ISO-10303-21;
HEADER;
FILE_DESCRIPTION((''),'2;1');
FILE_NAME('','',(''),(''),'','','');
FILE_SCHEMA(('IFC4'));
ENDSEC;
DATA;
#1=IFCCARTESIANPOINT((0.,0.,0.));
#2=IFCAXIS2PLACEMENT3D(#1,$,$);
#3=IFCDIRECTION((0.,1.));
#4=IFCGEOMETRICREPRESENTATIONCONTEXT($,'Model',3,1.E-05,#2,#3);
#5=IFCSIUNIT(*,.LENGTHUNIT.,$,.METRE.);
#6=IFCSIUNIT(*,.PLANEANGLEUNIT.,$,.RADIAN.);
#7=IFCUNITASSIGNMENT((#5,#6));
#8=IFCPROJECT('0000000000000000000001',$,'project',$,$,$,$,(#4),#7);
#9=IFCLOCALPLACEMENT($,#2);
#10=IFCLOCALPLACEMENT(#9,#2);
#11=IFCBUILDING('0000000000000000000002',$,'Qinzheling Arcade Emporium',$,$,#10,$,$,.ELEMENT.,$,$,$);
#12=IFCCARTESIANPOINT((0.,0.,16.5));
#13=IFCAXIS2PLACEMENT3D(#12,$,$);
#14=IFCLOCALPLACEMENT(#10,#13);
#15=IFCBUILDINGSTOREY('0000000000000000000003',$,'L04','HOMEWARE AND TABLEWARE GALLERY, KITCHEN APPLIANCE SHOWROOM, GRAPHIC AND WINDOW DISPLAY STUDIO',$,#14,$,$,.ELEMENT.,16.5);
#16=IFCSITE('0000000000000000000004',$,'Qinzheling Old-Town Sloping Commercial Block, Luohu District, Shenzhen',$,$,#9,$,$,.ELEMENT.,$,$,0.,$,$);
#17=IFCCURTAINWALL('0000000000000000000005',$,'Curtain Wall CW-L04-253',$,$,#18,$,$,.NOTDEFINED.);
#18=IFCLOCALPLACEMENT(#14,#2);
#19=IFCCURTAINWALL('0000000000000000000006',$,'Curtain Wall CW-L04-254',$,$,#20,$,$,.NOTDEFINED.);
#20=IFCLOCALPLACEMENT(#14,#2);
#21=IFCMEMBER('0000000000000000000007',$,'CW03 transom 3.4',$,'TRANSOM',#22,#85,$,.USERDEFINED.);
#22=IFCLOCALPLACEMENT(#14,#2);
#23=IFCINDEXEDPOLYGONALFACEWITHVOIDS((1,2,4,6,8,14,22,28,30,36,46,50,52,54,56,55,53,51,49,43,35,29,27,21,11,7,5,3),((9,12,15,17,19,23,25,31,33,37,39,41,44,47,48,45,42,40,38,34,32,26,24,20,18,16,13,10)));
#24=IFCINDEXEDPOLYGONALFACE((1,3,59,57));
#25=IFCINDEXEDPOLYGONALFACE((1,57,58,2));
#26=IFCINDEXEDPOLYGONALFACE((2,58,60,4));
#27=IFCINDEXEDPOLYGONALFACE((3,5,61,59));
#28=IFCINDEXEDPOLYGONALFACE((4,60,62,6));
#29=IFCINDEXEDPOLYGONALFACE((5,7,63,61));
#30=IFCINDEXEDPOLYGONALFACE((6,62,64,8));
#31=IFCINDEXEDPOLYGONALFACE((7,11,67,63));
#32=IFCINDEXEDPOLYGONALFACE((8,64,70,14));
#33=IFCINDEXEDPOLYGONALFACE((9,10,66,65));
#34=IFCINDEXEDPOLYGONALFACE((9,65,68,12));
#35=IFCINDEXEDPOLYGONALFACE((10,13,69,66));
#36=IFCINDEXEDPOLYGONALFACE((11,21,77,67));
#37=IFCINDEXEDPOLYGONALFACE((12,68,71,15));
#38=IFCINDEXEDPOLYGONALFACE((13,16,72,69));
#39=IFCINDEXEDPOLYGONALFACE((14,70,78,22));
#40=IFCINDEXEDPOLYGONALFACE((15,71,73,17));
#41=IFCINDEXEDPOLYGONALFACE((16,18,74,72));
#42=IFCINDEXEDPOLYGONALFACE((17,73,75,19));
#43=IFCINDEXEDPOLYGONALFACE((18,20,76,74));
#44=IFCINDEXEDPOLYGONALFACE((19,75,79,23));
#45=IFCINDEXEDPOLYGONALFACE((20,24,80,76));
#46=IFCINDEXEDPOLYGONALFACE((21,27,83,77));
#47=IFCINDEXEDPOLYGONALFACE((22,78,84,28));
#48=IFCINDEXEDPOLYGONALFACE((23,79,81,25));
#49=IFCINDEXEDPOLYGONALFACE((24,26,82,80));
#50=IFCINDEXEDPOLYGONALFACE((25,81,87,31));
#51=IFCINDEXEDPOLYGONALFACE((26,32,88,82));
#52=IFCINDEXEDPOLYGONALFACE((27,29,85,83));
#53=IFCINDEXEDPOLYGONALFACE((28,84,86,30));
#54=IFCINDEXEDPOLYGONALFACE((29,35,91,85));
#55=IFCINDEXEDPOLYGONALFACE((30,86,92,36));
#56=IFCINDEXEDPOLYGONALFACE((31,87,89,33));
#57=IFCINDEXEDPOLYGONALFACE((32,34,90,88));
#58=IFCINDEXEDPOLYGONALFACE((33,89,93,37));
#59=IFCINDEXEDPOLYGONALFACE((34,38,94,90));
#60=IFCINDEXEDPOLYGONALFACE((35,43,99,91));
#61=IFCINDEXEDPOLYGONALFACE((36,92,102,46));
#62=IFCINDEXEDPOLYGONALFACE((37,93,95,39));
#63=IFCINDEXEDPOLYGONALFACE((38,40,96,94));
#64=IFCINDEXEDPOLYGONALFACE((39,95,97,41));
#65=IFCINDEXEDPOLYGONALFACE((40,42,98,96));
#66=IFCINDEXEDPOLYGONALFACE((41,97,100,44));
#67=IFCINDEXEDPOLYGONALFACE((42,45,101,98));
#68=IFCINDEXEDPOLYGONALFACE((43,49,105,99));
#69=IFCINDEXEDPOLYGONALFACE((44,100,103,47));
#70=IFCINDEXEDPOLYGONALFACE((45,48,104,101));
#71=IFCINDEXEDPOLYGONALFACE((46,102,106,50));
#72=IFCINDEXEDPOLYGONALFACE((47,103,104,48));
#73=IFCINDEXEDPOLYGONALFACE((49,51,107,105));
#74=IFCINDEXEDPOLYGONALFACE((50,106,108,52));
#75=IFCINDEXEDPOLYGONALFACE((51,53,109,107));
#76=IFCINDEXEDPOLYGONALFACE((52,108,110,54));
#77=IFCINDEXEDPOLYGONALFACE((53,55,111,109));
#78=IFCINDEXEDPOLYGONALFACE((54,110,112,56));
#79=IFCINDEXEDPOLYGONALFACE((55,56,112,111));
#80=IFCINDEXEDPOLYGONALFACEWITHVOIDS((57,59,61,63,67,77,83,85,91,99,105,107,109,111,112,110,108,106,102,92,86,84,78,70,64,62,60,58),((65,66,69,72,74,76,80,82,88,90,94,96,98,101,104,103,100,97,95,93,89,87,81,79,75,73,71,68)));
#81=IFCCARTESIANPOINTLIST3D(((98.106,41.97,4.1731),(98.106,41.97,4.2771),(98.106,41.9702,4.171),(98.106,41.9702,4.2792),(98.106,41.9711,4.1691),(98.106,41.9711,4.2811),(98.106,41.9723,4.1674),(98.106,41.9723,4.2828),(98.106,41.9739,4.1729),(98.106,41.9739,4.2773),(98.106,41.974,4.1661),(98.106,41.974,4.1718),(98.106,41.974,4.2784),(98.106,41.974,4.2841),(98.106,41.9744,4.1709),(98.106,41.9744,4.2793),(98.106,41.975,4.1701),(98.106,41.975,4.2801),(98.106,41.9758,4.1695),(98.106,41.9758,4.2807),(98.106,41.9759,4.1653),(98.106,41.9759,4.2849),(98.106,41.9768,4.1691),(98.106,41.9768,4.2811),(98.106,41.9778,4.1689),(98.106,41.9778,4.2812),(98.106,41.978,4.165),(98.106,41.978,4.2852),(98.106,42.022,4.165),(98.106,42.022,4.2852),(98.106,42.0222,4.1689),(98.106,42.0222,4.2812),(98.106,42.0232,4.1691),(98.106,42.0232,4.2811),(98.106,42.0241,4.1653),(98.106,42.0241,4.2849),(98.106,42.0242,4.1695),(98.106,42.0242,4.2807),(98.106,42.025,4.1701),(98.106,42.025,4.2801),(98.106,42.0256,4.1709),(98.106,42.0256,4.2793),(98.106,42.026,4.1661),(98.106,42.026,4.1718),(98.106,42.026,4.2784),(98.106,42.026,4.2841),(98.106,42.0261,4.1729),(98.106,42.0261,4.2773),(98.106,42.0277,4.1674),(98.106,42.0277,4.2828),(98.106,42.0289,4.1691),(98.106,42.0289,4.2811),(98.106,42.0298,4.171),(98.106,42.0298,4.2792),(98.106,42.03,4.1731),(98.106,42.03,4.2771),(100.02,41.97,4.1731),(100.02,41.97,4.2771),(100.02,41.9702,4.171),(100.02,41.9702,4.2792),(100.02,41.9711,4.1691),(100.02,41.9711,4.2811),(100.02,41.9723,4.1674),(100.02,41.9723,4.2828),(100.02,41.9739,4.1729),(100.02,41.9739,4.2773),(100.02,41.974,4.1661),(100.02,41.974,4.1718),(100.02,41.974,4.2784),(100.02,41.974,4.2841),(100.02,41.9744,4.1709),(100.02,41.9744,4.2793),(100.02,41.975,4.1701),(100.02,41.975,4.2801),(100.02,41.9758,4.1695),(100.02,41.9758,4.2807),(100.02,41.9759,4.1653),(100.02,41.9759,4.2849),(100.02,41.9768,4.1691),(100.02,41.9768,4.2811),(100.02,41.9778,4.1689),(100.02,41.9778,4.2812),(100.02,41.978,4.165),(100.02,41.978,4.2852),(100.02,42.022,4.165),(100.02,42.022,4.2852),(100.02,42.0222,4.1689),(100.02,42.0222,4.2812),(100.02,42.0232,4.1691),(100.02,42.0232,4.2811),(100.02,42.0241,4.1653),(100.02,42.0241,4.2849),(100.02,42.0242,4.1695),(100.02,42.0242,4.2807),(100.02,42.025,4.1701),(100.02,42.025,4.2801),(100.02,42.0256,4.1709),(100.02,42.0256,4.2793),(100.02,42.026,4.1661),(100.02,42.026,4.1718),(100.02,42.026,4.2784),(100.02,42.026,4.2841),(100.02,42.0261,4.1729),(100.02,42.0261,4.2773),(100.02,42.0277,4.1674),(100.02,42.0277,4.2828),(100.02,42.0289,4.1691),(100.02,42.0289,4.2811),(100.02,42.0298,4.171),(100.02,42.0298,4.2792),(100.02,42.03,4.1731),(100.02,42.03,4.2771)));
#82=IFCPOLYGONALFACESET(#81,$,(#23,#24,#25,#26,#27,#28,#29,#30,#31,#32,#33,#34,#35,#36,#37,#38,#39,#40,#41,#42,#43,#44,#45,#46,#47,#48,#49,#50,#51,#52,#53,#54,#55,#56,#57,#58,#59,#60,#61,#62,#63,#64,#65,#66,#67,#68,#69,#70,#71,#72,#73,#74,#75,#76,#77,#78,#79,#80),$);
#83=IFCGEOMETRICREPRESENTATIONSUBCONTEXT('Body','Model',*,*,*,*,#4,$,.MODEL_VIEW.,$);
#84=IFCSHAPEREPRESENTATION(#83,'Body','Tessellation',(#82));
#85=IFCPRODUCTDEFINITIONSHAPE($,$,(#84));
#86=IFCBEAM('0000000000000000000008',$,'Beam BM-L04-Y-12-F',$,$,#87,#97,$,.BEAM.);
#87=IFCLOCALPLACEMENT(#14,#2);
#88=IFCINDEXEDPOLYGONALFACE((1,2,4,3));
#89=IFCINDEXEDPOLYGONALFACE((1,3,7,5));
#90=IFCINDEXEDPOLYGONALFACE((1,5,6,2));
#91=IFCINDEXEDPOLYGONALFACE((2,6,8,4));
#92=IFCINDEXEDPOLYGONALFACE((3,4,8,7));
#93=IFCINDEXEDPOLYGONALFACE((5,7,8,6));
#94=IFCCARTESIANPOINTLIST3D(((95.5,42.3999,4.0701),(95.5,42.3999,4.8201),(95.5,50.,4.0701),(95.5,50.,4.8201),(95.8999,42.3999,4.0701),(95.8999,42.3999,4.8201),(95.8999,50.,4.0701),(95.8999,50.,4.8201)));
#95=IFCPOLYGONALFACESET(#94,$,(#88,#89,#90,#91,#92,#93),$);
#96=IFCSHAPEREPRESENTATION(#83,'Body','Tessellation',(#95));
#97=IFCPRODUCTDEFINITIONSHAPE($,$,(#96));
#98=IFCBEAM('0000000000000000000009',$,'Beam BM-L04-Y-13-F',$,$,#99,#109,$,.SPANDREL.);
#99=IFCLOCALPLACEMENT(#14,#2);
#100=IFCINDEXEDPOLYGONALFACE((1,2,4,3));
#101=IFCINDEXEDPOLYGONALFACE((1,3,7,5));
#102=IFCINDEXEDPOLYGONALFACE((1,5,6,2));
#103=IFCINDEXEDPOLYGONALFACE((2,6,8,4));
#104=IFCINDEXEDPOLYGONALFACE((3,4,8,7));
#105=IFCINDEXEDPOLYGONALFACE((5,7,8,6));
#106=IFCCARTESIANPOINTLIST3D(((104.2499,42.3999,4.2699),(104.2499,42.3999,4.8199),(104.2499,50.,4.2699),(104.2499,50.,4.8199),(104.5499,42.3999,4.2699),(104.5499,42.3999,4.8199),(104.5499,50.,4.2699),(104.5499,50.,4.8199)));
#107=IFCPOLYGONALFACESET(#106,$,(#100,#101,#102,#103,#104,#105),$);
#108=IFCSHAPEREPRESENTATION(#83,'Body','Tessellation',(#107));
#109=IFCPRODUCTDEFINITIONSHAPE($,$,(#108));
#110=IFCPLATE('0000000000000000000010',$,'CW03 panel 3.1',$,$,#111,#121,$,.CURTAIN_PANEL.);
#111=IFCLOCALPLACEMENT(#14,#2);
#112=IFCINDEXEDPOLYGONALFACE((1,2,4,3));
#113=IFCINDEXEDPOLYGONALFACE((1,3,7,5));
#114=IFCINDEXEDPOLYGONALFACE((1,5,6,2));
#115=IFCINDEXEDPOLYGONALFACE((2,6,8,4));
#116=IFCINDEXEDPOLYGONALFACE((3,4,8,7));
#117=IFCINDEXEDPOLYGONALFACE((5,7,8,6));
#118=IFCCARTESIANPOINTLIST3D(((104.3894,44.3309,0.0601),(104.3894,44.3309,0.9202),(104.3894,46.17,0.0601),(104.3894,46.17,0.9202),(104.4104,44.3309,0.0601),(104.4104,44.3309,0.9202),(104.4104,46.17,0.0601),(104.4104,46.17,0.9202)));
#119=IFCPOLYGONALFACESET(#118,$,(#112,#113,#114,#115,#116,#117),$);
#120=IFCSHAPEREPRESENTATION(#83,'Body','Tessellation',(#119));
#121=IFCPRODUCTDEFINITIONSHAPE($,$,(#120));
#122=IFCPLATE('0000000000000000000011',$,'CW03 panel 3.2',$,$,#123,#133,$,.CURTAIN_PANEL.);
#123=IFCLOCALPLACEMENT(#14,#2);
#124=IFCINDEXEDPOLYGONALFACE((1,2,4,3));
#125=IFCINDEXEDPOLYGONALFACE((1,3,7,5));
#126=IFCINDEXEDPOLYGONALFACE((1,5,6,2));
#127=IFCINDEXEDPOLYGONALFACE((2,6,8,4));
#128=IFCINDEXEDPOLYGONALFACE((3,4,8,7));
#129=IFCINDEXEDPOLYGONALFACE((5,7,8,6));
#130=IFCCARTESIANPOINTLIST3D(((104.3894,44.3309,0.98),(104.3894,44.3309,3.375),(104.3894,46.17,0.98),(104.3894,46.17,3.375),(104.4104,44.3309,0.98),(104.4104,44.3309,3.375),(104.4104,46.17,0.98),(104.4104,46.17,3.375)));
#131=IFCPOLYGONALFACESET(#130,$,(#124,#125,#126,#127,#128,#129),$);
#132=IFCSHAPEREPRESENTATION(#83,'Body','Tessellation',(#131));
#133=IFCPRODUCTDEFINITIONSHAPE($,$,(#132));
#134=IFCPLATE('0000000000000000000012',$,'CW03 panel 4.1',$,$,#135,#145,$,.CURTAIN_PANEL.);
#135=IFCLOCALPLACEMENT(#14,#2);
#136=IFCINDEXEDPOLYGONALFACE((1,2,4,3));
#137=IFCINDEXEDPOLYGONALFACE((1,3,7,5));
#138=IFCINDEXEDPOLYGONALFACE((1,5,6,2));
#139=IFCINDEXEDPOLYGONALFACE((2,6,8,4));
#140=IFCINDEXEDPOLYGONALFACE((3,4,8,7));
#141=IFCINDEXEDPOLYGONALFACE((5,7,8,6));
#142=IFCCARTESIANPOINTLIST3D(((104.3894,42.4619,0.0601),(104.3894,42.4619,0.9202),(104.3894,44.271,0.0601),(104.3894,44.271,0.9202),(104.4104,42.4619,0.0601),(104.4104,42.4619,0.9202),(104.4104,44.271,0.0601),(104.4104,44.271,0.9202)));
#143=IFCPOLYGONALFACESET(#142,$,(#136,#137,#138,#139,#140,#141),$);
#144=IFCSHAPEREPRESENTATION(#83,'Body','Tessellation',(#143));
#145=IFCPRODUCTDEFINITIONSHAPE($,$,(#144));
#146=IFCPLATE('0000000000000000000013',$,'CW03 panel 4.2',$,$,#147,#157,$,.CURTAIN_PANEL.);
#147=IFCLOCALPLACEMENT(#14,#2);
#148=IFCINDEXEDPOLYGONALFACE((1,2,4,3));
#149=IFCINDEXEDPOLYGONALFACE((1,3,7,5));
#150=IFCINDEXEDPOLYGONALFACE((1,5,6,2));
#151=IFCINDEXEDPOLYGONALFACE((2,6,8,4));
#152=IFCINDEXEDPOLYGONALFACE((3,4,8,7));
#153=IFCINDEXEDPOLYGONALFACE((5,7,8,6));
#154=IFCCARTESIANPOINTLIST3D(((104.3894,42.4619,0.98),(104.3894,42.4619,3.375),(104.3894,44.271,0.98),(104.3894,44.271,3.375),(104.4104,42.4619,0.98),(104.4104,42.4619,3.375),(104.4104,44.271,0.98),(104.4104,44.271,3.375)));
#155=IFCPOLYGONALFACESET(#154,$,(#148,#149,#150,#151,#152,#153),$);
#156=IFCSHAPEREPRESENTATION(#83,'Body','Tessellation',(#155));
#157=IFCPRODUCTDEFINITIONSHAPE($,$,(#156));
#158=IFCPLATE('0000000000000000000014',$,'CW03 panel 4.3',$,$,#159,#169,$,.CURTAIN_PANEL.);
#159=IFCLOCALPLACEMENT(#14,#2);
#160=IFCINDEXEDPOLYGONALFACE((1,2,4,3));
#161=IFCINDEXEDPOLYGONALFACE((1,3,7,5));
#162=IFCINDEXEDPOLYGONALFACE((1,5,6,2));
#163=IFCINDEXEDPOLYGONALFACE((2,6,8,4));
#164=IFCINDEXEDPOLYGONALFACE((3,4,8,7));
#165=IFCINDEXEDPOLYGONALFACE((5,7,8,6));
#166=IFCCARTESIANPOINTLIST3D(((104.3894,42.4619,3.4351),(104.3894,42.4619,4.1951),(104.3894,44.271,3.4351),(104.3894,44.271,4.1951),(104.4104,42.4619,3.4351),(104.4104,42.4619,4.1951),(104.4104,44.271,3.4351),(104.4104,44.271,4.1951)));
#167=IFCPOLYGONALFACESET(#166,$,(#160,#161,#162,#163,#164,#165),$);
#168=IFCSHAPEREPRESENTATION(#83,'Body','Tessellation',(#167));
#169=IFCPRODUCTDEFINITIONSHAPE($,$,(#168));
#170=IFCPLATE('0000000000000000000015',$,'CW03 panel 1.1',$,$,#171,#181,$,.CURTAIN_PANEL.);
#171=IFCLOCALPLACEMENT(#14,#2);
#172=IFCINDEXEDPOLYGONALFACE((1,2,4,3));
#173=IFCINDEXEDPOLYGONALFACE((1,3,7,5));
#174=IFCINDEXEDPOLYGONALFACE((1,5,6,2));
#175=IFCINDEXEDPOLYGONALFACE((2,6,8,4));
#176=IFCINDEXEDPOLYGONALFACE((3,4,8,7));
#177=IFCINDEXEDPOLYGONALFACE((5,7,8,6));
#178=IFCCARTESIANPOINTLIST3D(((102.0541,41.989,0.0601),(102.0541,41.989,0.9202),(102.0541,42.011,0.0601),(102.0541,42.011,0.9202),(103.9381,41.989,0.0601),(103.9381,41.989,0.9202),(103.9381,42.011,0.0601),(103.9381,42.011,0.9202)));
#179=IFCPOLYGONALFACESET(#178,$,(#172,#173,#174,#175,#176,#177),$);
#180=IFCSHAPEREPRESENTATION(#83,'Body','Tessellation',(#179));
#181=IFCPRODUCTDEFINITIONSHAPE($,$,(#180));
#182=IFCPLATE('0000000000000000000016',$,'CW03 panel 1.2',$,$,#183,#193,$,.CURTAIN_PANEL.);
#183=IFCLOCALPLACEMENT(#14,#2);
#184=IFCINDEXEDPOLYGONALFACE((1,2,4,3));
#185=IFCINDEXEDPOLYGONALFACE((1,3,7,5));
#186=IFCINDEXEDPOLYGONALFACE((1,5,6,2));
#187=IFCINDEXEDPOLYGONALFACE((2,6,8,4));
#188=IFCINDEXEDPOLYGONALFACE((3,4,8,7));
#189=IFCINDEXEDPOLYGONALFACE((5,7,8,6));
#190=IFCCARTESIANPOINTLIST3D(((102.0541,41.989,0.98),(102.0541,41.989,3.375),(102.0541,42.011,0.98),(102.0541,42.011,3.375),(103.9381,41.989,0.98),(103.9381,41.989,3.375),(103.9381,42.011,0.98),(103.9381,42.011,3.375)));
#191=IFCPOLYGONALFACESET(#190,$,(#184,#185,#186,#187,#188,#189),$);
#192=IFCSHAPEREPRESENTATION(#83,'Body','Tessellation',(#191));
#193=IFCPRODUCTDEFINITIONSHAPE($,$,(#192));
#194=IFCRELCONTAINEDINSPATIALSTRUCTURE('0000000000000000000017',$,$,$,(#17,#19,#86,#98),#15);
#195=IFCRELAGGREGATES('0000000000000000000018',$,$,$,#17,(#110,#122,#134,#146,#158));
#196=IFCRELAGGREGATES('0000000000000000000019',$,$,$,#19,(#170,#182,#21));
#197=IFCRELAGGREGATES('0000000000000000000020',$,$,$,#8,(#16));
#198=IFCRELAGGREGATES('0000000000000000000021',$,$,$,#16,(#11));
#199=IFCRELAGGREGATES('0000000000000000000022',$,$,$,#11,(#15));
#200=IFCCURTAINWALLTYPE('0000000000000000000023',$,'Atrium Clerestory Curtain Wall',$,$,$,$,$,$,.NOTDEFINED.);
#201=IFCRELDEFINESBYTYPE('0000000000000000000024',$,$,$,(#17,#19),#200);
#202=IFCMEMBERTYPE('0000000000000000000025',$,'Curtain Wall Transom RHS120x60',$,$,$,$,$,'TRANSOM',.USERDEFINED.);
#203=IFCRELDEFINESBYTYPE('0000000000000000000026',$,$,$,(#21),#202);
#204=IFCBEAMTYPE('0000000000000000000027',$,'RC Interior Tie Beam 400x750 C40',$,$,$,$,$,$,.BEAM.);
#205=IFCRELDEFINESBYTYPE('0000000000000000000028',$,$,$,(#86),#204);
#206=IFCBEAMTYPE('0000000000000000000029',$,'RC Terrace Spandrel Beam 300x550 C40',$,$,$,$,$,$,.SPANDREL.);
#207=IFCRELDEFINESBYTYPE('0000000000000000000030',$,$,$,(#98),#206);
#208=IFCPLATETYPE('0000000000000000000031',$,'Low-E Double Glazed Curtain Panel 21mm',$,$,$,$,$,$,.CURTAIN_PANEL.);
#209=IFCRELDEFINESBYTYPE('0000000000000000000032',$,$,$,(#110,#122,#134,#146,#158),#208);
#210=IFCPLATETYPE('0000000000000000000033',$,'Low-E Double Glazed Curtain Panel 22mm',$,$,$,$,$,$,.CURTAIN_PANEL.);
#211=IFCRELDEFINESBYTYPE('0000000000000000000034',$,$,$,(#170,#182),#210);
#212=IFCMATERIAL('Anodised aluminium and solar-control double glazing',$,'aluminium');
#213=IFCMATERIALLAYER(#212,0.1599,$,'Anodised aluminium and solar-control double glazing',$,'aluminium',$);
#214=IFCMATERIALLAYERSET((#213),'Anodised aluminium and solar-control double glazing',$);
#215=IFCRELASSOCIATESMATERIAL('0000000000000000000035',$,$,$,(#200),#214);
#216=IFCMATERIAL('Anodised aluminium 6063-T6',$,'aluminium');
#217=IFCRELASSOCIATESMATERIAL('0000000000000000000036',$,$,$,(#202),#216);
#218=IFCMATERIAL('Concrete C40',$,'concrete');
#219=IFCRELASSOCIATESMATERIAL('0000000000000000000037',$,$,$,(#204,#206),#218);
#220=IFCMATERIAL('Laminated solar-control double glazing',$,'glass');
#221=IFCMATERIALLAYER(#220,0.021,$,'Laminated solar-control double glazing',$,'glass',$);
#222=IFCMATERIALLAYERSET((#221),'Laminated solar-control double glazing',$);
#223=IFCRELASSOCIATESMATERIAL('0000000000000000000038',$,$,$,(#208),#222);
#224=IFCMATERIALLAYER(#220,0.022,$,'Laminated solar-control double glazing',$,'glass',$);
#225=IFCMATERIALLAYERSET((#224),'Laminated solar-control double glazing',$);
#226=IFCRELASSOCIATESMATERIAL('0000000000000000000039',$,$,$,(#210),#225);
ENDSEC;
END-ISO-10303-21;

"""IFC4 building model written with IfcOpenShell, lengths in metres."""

from ifc_helpers import new_model, si_unit, direction, frame, origin, origin_2d, place, context, subcontext, project, spatial, rectangle, hollow_rectangle, extrude, material, layer, layer_set, material_profile, profile_set, type_object, element, aggregate, save


model = new_model("IFC4")

# Units and contexts
model_context = context("Model", 3, precision=1e-05, world=origin(), true_north=direction((0.0, 1.0)))
body_context = subcontext(model_context, "Body", "Model", "MODEL_VIEW")
ifc_project = project(units=[si_unit("LENGTHUNIT", "METRE"), si_unit("PLANEANGLEUNIT", "RADIAN")], contexts=[model_context])

# Site, building, storey
site_placement = place(None, origin())
site = spatial("IfcSite", under=ifc_project, at=site_placement, Name="Qinzheling Old-Town Sloping Commercial Block, Luohu District, Shenzhen", CompositionType="ELEMENT", RefElevation=0.0)
building_placement = place(site_placement, origin())
building = spatial("IfcBuilding", under=site, at=building_placement, Name="Qinzheling Arcade Emporium", CompositionType="ELEMENT")
storey_placement = place(building_placement, frame((0.0, 0.0, 16.5)))
storey = spatial("IfcBuildingStorey", under=building, at=storey_placement, Name="L04", Description="HOMEWARE AND TABLEWARE GALLERY, KITCHEN APPLIANCE SHOWROOM, GRAPHIC AND WINDOW DISPLAY STUDIO", CompositionType="ELEMENT", Elevation=16.5)

# Shared definitions
ifc_material_1 = material(Name="Concrete C40", Category="concrete")

# Curtain walls
ifc_material_2 = material(Name="Anodised aluminium and solar-control double glazing", Category="aluminium")
ifc_layer_1 = layer(ifc_material_2, 0.1599, Name="Anodised aluminium and solar-control double glazing", Category="aluminium")
ifc_layer_set_1 = layer_set([ifc_layer_1], Name="Anodised aluminium and solar-control double glazing")
curtain_wall_type = type_object("IfcCurtainWallType", Name="Atrium Clerestory Curtain Wall", PredefinedType="NOTDEFINED", material=ifc_layer_set_1)
curtain_wall_1_placement = place(storey_placement, origin())
curtain_wall_1 = element("IfcCurtainWall", 1, at=curtain_wall_1_placement, inside=storey, type_object=curtain_wall_type, Name="Curtain Wall CW-L04-253", PredefinedType="NOTDEFINED")
ifc_material_3 = material(Name="Anodised aluminium 6063-T6", Category="aluminium")
curtain_wall_2_placement = place(storey_placement, origin())
curtain_wall_2 = element("IfcCurtainWall", 2, at=curtain_wall_2_placement, inside=storey, type_object=curtain_wall_type, Name="Curtain Wall CW-L04-254", PredefinedType="NOTDEFINED")

# Member
ifc_material_profile_1 = material_profile(ifc_material_3, hollow_rectangle(XDim=0.0601, YDim=0.1201, WallThickness=0.0039, InnerFilletRadius=0.0039, OuterFilletRadius=0.0081, at=origin_2d()), Name="RHS 120x60x4", Category="aluminium")
ifc_profile_set_1 = profile_set([ifc_material_profile_1], Name="Anodised aluminium 6063-T6")
member_type_1 = type_object("IfcMemberType", Name="Curtain Wall Transom RHS120x60", ElementType="TRANSOM", PredefinedType="USERDEFINED", material=ifc_profile_set_1)
member_1_placement = place(storey_placement, frame((100.02, 42.0, 4.2251), z_axis=(-1.0, 0.0, 0.0), x_axis=(0.0, -1.0, 0.0)))
member_1 = element("IfcMember", 3, at=member_1_placement, type_object=member_type_1, Name="CW03 transom 3.4", ObjectType="TRANSOM", PredefinedType="USERDEFINED", context=body_context, shape_type="SweptSolid", body=[
    extrude(hollow_rectangle(XDim=0.0601, YDim=0.1201, WallThickness=0.0039, InnerFilletRadius=0.0039, OuterFilletRadius=0.0081, at=origin_2d()), origin(), (0.0, 0.0, 1.0), 1.9141),
])

# Beams
ifc_material_profile_2 = material_profile(ifc_material_1, rectangle(XDim=0.3999, YDim=0.75, at=origin_2d()), Name="RC 400x750", Category="concrete")
ifc_profile_set_2 = profile_set([ifc_material_profile_2], Name="Concrete C40")
beam_type_1 = type_object("IfcBeamType", Name="RC Interior Tie Beam 400x750 C40", PredefinedType="BEAM", material=ifc_profile_set_2)
beam_1_placement = place(storey_placement, frame((95.7, 42.3999, 4.4451), z_axis=(0.0, 1.0, 0.0), x_axis=(-1.0, 0.0, 0.0)))
element("IfcBeam", 4, at=beam_1_placement, inside=storey, type_object=beam_type_1, Name="Beam BM-L04-Y-12-F", PredefinedType="BEAM", context=body_context, shape_type="SweptSolid", body=[
    extrude(rectangle(XDim=0.3999, YDim=0.75, at=origin_2d()), origin(), (0.0, 0.0, 1.0), 7.6001),
])
ifc_material_profile_3 = material_profile(ifc_material_1, rectangle(XDim=0.3, YDim=0.55, at=origin_2d()), Name="RC 300x550", Category="concrete")
ifc_profile_set_3 = profile_set([ifc_material_profile_3], Name="Concrete C40")
beam_type_2 = type_object("IfcBeamType", Name="RC Terrace Spandrel Beam 300x550 C40", PredefinedType="SPANDREL", material=ifc_profile_set_3)
beam_2_placement = place(storey_placement, frame((104.3999, 42.3999, 4.5449), z_axis=(0.0, 1.0, 0.0), x_axis=(-1.0, 0.0, 0.0)))
element("IfcBeam", 5, at=beam_2_placement, inside=storey, type_object=beam_type_2, Name="Beam BM-L04-Y-13-F", PredefinedType="SPANDREL", context=body_context, shape_type="SweptSolid", body=[
    extrude(rectangle(XDim=0.3, YDim=0.55, at=origin_2d()), origin(), (0.0, 0.0, 1.0), 7.6001),
])

# Plates
ifc_material_4 = material(Name="Laminated solar-control double glazing", Category="glass")
ifc_layer_2 = layer(ifc_material_4, 0.021, Name="Laminated solar-control double glazing", Category="glass")
ifc_layer_set_2 = layer_set([ifc_layer_2], Name="Laminated solar-control double glazing")
plate_type_1 = type_object("IfcPlateType", Name="Low-E Double Glazed Curtain Panel 21mm", PredefinedType="CURTAIN_PANEL", material=ifc_layer_set_2)
plate_1_placement = place(storey_placement, frame((104.3999, 45.2505, 0.0601), z_axis=(0.0, 0.0, 1.0), x_axis=(0.0, -1.0, 0.0)))
plate_1 = element("IfcPlate", 6, at=plate_1_placement, type_object=plate_type_1, Name="CW03 panel 3.1", PredefinedType="CURTAIN_PANEL", context=body_context, shape_type="SweptSolid", body=[
    extrude(rectangle(XDim=1.8391, YDim=0.021, at=origin_2d()), origin(), (0.0, 0.0, 1.0), 0.8601),
])
plate_2_placement = place(storey_placement, frame((104.3999, 45.2505, 0.98), z_axis=(0.0, 0.0, 1.0), x_axis=(0.0, -1.0, 0.0)))
plate_2 = element("IfcPlate", 7, at=plate_2_placement, type_object=plate_type_1, Name="CW03 panel 3.2", PredefinedType="CURTAIN_PANEL", context=body_context, shape_type="SweptSolid", body=[
    extrude(rectangle(XDim=1.8391, YDim=0.021, at=origin_2d()), origin(), (0.0, 0.0, 1.0), 2.395),
])
plate_3_placement = place(storey_placement, frame((104.3999, 43.3665, 0.0601), z_axis=(0.0, 0.0, 1.0), x_axis=(0.0, -1.0, 0.0)))
plate_3 = element("IfcPlate", 8, at=plate_3_placement, type_object=plate_type_1, Name="CW03 panel 4.1", PredefinedType="CURTAIN_PANEL", context=body_context, shape_type="SweptSolid", body=[
    extrude(rectangle(XDim=1.8091, YDim=0.021, at=origin_2d()), origin(), (0.0, 0.0, 1.0), 0.8601),
])
plate_4_placement = place(storey_placement, frame((104.3999, 43.3665, 0.98), z_axis=(0.0, 0.0, 1.0), x_axis=(0.0, -1.0, 0.0)))
plate_4 = element("IfcPlate", 9, at=plate_4_placement, type_object=plate_type_1, Name="CW03 panel 4.2", PredefinedType="CURTAIN_PANEL", context=body_context, shape_type="SweptSolid", body=[
    extrude(rectangle(XDim=1.8091, YDim=0.021, at=origin_2d()), origin(), (0.0, 0.0, 1.0), 2.395),
])
plate_5_placement = place(storey_placement, frame((104.3999, 43.3665, 3.4351), z_axis=(0.0, 0.0, 1.0), x_axis=(0.0, -1.0, 0.0)))
plate_5 = element("IfcPlate", 10, at=plate_5_placement, type_object=plate_type_1, Name="CW03 panel 4.3", PredefinedType="CURTAIN_PANEL", context=body_context, shape_type="SweptSolid", body=[
    extrude(rectangle(XDim=1.8091, YDim=0.021, at=origin_2d()), origin(), (0.0, 0.0, 1.0), 0.76),
])
aggregate(curtain_wall_1, [plate_1, plate_2, plate_3, plate_4, plate_5])
ifc_layer_3 = layer(ifc_material_4, 0.022, Name="Laminated solar-control double glazing", Category="glass")
ifc_layer_set_3 = layer_set([ifc_layer_3], Name="Laminated solar-control double glazing")
plate_type_2 = type_object("IfcPlateType", Name="Low-E Double Glazed Curtain Panel 22mm", PredefinedType="CURTAIN_PANEL", material=ifc_layer_set_3)
plate_6_placement = place(storey_placement, frame((102.9961, 42.0, 0.0601), z_axis=(0.0, 0.0, 1.0), x_axis=(-1.0, 0.0, 0.0)))
plate_6 = element("IfcPlate", 11, at=plate_6_placement, type_object=plate_type_2, Name="CW03 panel 1.1", PredefinedType="CURTAIN_PANEL", context=body_context, shape_type="SweptSolid", body=[
    extrude(rectangle(XDim=1.884, YDim=0.022, at=origin_2d()), origin(), (0.0, 0.0, 1.0), 0.8601),
])
plate_7_placement = place(storey_placement, frame((102.9961, 42.0, 0.98), z_axis=(0.0, 0.0, 1.0), x_axis=(-1.0, 0.0, 0.0)))
plate_7 = element("IfcPlate", 12, at=plate_7_placement, type_object=plate_type_2, Name="CW03 panel 1.2", PredefinedType="CURTAIN_PANEL", context=body_context, shape_type="SweptSolid", body=[
    extrude(rectangle(XDim=1.884, YDim=0.022, at=origin_2d()), origin(), (0.0, 0.0, 1.0), 2.395),
])
aggregate(curtain_wall_2, [plate_6, plate_7, member_1])

save(model, "model.ifc")
